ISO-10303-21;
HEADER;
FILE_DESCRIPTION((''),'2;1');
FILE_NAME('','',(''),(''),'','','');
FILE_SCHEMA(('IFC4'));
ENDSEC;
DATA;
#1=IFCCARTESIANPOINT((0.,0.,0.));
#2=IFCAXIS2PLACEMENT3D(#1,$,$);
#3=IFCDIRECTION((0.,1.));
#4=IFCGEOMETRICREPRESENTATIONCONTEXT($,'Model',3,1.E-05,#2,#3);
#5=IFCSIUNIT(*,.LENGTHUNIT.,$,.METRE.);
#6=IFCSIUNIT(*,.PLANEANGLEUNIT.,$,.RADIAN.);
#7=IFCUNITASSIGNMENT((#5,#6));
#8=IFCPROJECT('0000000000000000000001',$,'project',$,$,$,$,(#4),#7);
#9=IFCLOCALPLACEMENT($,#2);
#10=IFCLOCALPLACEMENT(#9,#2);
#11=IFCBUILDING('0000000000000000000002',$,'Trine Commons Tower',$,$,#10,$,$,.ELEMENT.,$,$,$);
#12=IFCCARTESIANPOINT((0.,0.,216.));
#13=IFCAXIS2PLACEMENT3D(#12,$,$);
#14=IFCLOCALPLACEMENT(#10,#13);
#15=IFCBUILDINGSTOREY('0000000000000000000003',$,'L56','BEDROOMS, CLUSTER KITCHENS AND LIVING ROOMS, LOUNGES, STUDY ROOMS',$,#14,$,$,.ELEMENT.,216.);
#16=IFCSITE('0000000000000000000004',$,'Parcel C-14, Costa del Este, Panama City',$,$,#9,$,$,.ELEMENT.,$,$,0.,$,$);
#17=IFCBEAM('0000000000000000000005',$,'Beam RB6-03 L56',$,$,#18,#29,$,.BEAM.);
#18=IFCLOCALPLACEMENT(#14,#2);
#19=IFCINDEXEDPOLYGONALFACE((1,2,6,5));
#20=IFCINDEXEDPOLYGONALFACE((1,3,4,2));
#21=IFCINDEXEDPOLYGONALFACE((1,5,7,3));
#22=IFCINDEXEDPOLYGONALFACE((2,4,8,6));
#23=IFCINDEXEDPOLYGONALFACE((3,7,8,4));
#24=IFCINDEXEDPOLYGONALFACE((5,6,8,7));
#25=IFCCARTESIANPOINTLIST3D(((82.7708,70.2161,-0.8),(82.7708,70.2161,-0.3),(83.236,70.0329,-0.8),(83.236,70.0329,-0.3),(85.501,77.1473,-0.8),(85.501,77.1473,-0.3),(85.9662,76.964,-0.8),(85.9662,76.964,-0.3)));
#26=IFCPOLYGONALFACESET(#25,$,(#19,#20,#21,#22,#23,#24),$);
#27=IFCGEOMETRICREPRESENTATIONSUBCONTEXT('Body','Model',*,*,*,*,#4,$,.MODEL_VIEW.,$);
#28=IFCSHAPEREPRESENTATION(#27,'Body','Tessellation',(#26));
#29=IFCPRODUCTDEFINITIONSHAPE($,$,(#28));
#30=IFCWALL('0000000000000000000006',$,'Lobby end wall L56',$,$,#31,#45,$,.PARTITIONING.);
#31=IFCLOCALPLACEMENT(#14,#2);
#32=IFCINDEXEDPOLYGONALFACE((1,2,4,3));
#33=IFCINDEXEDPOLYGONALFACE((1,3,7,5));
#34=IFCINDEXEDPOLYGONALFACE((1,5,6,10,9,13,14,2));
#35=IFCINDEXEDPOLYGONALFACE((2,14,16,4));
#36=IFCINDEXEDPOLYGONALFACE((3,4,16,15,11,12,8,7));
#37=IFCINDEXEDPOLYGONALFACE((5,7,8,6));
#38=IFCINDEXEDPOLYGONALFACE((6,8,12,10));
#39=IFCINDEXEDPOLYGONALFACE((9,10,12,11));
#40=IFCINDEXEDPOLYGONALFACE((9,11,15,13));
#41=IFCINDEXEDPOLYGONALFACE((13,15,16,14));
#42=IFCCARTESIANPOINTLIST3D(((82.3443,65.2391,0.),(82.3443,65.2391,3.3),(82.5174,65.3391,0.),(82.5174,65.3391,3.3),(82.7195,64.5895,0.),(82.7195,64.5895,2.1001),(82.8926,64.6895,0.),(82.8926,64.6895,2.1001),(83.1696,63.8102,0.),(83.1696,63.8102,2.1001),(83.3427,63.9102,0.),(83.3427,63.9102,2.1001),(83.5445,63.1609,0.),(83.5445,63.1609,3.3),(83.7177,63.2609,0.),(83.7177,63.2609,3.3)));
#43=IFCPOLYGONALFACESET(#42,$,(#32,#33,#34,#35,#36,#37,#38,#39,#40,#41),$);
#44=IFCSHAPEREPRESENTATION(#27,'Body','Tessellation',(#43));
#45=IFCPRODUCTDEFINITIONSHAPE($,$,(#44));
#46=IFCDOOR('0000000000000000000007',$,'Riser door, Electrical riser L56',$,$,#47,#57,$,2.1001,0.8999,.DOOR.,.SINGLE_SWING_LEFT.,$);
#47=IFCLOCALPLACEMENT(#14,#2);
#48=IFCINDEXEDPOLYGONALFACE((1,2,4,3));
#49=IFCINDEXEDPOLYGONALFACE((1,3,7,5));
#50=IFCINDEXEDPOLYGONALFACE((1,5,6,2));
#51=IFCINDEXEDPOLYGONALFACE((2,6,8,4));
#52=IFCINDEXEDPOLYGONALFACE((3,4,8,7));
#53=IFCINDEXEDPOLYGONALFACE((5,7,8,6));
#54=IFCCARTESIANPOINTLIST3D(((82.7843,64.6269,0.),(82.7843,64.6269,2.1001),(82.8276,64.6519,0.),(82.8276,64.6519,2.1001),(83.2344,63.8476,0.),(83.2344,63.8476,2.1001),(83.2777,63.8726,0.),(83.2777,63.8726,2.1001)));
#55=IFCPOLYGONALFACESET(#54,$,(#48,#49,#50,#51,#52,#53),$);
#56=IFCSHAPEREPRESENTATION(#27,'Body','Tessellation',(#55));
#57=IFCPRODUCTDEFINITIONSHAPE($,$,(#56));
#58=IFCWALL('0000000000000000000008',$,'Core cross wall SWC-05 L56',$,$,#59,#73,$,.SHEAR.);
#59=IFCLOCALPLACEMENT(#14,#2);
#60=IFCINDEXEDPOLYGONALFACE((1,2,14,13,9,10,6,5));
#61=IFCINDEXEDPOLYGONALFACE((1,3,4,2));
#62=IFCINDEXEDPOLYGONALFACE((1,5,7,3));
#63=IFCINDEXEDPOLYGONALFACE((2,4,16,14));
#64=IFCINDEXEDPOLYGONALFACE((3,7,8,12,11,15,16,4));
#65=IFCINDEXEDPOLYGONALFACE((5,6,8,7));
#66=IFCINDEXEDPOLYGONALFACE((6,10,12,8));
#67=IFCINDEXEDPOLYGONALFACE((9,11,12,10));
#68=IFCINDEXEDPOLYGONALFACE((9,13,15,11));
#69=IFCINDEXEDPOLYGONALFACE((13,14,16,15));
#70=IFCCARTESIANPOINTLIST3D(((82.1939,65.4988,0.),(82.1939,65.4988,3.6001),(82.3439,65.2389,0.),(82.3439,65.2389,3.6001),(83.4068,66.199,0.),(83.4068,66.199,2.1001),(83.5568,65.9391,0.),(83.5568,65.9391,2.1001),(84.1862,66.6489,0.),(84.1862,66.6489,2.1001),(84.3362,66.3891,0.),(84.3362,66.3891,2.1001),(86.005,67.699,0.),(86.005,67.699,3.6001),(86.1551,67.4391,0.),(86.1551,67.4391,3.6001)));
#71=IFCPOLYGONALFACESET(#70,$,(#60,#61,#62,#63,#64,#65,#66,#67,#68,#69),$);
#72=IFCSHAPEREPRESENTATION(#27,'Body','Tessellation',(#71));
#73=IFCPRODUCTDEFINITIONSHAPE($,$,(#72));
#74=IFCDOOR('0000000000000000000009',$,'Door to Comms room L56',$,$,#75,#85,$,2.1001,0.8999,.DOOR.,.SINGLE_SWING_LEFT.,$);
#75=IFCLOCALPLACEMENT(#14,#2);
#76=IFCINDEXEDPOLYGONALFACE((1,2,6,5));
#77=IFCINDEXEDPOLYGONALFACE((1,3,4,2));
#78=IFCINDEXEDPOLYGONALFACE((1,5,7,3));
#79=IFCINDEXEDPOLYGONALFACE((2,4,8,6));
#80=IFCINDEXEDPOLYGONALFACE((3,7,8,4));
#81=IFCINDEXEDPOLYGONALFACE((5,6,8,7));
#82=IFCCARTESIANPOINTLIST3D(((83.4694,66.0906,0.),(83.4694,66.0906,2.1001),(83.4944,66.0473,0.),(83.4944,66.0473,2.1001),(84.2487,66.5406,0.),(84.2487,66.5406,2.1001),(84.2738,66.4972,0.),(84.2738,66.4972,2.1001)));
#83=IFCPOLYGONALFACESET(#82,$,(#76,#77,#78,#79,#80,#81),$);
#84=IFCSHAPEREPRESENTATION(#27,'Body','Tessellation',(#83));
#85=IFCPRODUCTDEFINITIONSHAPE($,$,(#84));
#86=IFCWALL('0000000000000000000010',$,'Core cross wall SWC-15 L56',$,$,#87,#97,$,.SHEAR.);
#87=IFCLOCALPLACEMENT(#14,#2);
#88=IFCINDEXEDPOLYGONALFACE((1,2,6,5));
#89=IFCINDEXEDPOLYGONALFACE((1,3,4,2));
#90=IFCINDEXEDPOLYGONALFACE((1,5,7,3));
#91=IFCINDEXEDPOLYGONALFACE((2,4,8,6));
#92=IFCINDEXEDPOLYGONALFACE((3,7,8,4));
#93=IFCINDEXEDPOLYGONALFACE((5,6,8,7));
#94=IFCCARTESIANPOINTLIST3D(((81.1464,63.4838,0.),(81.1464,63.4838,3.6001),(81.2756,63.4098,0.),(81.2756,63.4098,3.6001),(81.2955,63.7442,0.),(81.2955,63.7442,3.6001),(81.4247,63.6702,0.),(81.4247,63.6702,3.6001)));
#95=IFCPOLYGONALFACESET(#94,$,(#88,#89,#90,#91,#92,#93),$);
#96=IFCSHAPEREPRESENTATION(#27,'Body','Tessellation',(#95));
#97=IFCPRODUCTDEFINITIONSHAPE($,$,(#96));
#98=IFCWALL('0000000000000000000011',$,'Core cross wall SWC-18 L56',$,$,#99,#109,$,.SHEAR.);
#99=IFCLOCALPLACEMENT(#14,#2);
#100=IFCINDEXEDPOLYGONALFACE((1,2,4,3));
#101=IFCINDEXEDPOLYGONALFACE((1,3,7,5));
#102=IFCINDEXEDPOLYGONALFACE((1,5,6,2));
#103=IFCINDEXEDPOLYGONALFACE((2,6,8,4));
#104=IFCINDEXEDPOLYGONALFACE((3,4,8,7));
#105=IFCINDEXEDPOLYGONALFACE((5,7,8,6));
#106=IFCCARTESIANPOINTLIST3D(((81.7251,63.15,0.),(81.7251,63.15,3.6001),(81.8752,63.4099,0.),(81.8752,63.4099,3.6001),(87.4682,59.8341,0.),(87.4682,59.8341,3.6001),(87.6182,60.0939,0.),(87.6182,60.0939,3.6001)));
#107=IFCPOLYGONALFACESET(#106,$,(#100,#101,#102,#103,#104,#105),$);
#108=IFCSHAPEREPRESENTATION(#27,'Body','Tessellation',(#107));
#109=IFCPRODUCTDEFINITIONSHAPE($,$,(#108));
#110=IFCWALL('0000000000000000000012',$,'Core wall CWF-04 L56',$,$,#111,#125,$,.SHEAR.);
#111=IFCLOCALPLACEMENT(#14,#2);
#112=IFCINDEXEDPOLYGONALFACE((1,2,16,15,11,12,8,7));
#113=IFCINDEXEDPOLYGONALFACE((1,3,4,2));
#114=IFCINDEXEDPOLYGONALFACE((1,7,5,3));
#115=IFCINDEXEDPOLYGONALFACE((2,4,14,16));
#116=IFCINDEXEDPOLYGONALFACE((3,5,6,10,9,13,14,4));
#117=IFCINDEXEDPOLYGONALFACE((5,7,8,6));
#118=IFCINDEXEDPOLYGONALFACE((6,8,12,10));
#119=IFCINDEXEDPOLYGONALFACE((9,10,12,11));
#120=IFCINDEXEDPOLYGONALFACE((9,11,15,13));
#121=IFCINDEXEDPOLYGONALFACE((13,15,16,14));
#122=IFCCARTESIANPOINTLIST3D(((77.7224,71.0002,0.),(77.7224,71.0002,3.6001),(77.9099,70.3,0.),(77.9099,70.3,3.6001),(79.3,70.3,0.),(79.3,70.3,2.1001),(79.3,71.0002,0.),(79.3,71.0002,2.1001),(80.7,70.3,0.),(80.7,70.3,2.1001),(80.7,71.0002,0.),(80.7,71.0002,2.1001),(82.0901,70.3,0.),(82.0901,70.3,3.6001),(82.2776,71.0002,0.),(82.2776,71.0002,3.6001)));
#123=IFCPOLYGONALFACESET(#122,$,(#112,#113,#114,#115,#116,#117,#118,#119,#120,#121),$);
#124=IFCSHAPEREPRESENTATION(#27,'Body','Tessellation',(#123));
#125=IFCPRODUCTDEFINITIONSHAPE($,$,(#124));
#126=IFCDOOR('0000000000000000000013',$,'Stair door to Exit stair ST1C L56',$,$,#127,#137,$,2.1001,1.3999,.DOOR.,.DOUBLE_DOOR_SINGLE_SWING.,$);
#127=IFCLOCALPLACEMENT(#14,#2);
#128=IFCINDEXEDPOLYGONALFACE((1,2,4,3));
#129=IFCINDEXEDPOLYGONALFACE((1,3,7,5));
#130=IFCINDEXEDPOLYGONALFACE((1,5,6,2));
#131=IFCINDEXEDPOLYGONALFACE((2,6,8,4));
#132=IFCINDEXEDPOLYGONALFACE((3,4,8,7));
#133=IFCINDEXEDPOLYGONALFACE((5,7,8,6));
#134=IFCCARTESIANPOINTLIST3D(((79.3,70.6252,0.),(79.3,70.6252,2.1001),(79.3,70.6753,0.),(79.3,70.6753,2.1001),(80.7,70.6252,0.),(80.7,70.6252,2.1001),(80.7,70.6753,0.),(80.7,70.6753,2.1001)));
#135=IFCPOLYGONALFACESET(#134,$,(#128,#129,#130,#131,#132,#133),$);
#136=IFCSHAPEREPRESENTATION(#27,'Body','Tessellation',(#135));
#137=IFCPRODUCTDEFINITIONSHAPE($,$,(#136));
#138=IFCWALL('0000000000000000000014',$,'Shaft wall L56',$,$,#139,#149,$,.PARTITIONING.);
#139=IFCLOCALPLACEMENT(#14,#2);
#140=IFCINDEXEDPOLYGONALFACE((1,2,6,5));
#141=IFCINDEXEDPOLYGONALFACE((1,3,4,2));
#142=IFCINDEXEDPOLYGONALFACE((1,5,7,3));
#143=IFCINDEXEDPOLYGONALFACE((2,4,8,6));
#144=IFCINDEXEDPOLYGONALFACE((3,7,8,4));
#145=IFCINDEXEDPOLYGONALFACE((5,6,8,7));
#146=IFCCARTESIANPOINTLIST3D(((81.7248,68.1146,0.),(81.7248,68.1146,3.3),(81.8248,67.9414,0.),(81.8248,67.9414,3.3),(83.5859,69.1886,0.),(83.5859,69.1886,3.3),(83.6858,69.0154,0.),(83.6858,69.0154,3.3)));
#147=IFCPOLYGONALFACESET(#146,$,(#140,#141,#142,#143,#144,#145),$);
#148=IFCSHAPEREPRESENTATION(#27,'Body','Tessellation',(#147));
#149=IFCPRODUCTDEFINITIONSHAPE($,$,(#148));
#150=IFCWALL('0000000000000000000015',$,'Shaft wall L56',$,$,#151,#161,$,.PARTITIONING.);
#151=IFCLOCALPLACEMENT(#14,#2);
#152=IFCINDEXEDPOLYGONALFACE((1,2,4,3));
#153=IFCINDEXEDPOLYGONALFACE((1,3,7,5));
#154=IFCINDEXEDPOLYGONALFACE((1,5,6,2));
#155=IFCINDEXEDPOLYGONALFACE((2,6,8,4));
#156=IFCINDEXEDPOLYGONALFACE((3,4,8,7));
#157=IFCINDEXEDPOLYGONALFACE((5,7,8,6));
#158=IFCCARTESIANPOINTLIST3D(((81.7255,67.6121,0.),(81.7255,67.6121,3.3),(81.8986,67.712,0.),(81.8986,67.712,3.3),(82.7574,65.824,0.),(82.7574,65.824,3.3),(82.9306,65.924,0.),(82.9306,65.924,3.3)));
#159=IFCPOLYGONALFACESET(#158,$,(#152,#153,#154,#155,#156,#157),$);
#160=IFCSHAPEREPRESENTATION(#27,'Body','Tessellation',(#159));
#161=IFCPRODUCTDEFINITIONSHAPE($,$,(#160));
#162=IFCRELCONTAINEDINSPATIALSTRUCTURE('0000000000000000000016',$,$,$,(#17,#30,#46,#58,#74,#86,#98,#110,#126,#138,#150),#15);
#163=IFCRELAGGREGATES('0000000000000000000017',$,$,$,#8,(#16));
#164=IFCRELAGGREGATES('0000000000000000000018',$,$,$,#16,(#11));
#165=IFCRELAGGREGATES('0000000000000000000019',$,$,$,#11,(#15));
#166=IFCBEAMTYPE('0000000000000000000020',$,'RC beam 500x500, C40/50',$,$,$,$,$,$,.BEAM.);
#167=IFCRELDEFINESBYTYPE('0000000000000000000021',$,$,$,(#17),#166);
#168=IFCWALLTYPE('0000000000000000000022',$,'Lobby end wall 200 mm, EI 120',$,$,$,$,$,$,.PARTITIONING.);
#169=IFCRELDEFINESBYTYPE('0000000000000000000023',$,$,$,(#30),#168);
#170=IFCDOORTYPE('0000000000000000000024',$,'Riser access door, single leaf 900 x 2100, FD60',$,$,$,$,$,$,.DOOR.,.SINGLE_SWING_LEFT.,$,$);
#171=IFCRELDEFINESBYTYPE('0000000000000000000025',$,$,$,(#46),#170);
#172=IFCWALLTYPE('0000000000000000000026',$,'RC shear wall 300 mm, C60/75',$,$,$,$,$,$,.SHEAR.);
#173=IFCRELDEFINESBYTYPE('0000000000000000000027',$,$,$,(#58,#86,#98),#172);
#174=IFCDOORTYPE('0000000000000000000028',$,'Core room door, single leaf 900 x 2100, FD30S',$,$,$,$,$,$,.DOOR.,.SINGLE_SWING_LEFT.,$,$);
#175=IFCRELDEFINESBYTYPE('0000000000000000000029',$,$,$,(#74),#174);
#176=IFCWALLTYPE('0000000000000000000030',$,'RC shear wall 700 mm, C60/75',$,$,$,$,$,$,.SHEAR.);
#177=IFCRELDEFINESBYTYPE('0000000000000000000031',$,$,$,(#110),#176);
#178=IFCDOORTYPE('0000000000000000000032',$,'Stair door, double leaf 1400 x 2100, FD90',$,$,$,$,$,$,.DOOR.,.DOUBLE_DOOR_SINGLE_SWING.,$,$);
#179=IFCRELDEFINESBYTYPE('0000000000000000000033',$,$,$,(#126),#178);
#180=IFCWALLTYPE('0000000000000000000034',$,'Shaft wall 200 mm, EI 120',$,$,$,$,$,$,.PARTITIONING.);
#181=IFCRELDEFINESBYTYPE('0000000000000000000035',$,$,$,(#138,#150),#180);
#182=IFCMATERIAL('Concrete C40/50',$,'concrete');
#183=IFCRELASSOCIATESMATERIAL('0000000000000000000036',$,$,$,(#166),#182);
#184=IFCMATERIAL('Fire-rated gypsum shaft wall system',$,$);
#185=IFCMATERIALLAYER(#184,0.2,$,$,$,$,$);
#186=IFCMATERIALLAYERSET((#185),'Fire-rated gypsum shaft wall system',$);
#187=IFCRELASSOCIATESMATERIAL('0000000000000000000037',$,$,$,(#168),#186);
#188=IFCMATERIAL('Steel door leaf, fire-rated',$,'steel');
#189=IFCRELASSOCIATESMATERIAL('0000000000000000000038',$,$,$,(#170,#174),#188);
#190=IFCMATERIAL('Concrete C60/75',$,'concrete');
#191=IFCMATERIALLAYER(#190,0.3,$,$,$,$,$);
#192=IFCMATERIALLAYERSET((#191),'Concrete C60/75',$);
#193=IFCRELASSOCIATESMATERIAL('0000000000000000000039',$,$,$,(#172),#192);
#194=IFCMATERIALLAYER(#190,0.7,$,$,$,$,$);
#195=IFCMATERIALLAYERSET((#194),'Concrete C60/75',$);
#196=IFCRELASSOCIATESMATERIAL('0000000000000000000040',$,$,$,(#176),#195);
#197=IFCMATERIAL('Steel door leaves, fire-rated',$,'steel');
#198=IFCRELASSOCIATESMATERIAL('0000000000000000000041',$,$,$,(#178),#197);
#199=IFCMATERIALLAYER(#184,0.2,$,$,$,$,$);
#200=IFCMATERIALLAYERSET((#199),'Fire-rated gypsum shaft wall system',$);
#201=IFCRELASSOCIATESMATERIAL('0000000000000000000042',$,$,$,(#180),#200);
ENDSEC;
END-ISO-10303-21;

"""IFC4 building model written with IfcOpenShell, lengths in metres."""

from ifc_helpers import new_model, si_unit, direction, frame, frame_2d, origin, origin_2d, place, context, subcontext, project, spatial, polyline, rectangle, outline, extrude, material, layer, layer_set, material_profile, profile_set, type_object, element, fill, save


model = new_model("IFC4")

# Units and contexts
model_context = context("Model", 3, precision=1e-05, world=origin(), true_north=direction((0.0, 1.0)))
body_context = subcontext(model_context, "Body", "Model", "MODEL_VIEW")
ifc_project = project(units=[si_unit("LENGTHUNIT", "METRE"), si_unit("PLANEANGLEUNIT", "RADIAN")], contexts=[model_context])

# Site, building, storey
site_placement = place(None, origin())
site = spatial("IfcSite", under=ifc_project, at=site_placement, Name="Parcel C-14, Costa del Este, Panama City", CompositionType="ELEMENT", RefElevation=0.0)
building_placement = place(site_placement, origin())
building = spatial("IfcBuilding", under=site, at=building_placement, Name="Trine Commons Tower", CompositionType="ELEMENT")
storey_placement = place(building_placement, frame((0.0, 0.0, 216.0)))
storey = spatial("IfcBuildingStorey", under=building, at=storey_placement, Name="L56", Description="BEDROOMS, CLUSTER KITCHENS AND LIVING ROOMS, LOUNGES, STUDY ROOMS", CompositionType="ELEMENT", Elevation=216.0)

# Beam
ifc_material_1 = material(Name="Concrete C40/50", Category="concrete")
ifc_material_profile = material_profile(ifc_material_1, rectangle(XDim=0.5, YDim=0.5, at=origin_2d()), Name="RC 500x500")
ifc_profile_set = profile_set([ifc_material_profile], Name="Concrete C40/50")
beam_type = type_object("IfcBeamType", Name="RC beam 500x500, C40/50", PredefinedType="BEAM", material=ifc_profile_set)
beam_placement = place(storey_placement, frame((83.0034, 70.1245, -0.55), z_axis=(0.366498, 0.930419, 0.0), x_axis=(-0.930419, 0.366498, 0.0)))
element("IfcBeam", 1, at=beam_placement, inside=storey, type_object=beam_type, Name="Beam RB6-03 L56", PredefinedType="BEAM", context=body_context, shape_type="SweptSolid", body=[
    extrude(rectangle(XDim=0.5, YDim=0.5, at=origin_2d()), origin(), (0.0, 0.0, 1.0), 7.4495),
])

# Walls, openings, doors
ifc_material_2 = material(Name="Fire-rated gypsum shaft wall system")
ifc_layer_1 = layer(ifc_material_2, 0.2)
ifc_layer_set_1 = layer_set([ifc_layer_1], Name="Fire-rated gypsum shaft wall system")
wall_type_1 = type_object("IfcWallType", Name="Lobby end wall 200 mm, EI 120", PredefinedType="PARTITIONING", material=ifc_layer_set_1)
wall_1_placement = place(storey_placement, frame((83.6311, 63.2109, 0.0), z_axis=(0.0, 0.0, 1.0), x_axis=(-0.500122, 0.865955, 0.0)))
wall_1 = element("IfcWall", 2, at=wall_1_placement, inside=storey, type_object=wall_type_1, Name="Lobby end wall L56", PredefinedType="PARTITIONING", context=body_context, shape_type="SweptSolid", body=[
    extrude(rectangle(XDim=2.3999, YDim=0.2, at=frame_2d((1.2, 0.0))), origin(), (0.0, 0.0, 1.0), 3.3),
])
opening_1_placement = place(wall_1_placement, frame((0.7498, 0.0, 0.0)))
opening_1 = element("IfcOpeningElement", 3, at=opening_1_placement, cuts=wall_1, PredefinedType="OPENING", context=body_context, shape_type="SweptSolid", body=[
    extrude(rectangle(XDim=0.8999, YDim=2.1001, at=frame_2d((0.45, 1.05))), frame((0.0, 0.1099, 0.0), z_axis=(0.0, -1.0, 0.0), x_axis=(1.0, 0.0, 0.0)), (0.0, 0.0, 1.0), 0.22),
])
ifc_material_3 = material(Name="Steel door leaf, fire-rated", Category="steel")
door_type_1 = type_object("IfcDoorType", Name="Riser access door, single leaf 900 x 2100, FD60", OperationType="SINGLE_SWING_LEFT", PredefinedType="DOOR", material=ifc_material_3)
door_1_placement = place(opening_1_placement, frame((0.8999, 0.0, 0.0), z_axis=(0.0, 0.0, 1.0), x_axis=(-1.0, 0.0, 0.0)))
door_1 = element("IfcDoor", 4, at=door_1_placement, inside=storey, type_object=door_type_1, Name="Riser door, Electrical riser L56", OperationType="SINGLE_SWING_LEFT", OverallHeight=2.1001, OverallWidth=0.8999, PredefinedType="DOOR", context=body_context, shape_type="SweptSolid", body=[
    extrude(rectangle(XDim=0.8999, YDim=2.1001, at=frame_2d((0.45, 1.05))), frame((0.0, 0.0249, 0.0), z_axis=(0.0, -1.0, 0.0), x_axis=(1.0, 0.0, 0.0)), (0.0, 0.0, 1.0), 0.05),
])
fill(opening_1, door_1)
ifc_material_4 = material(Name="Concrete C60/75", Category="concrete")
ifc_layer_2 = layer(ifc_material_4, 0.3)
ifc_layer_set_2 = layer_set([ifc_layer_2], Name="Concrete C60/75")
wall_type_2 = type_object("IfcWallType", Name="RC shear wall 300 mm, C60/75", PredefinedType="SHEAR", material=ifc_layer_set_2)
wall_2_placement = place(storey_placement, frame((82.269, 65.3689, 0.0), z_axis=(0.0, 0.0, 1.0), x_axis=(0.866036, 0.499982, 0.0)))
wall_2 = element("IfcWall", 5, at=wall_2_placement, inside=storey, type_object=wall_type_2, Name="Core cross wall SWC-05 L56", PredefinedType="SHEAR", context=body_context, shape_type="SweptSolid", body=[
    extrude(rectangle(XDim=4.4006, YDim=0.3, at=frame_2d((2.2002, 0.0))), origin(), (0.0, 0.0, 1.0), 3.6001),
])
opening_2_placement = place(wall_2_placement, frame((1.4004, 0.0, 0.0)))
opening_2 = element("IfcOpeningElement", 6, at=opening_2_placement, cuts=wall_2, PredefinedType="OPENING", context=body_context, shape_type="SweptSolid", body=[
    extrude(rectangle(XDim=0.8999, YDim=2.1001, at=frame_2d((0.45, 1.05))), frame((0.0, 0.1599, 0.0), z_axis=(0.0, -1.0, 0.0), x_axis=(1.0, 0.0, 0.0)), (0.0, 0.0, 1.0), 0.3201),
])
door_type_2 = type_object("IfcDoorType", Name="Core room door, single leaf 900 x 2100, FD30S", OperationType="SINGLE_SWING_LEFT", PredefinedType="DOOR", material=ifc_material_3)
door_2_placement = place(opening_2_placement, origin())
door_2 = element("IfcDoor", 7, at=door_2_placement, inside=storey, type_object=door_type_2, Name="Door to Comms room L56", OperationType="SINGLE_SWING_LEFT", OverallHeight=2.1001, OverallWidth=0.8999, PredefinedType="DOOR", context=body_context, shape_type="SweptSolid", body=[
    extrude(rectangle(XDim=0.8999, YDim=2.1001, at=frame_2d((0.45, 1.05))), frame((0.0, 0.0249, 0.0), z_axis=(0.0, -1.0, 0.0), x_axis=(1.0, 0.0, 0.0)), (0.0, 0.0, 1.0), 0.05),
])
fill(opening_2, door_2)

# Walls
wall_3_placement = place(storey_placement, frame((81.2209, 63.614, 0.0), z_axis=(0.0, 0.0, 1.0), x_axis=(0.867738, -0.497022, 0.0)))
element("IfcWall", 8, at=wall_3_placement, inside=storey, type_object=wall_type_2, Name="Core cross wall SWC-15 L56", PredefinedType="SHEAR", context=body_context, shape_type="SweptSolid", body=[
    extrude(rectangle(XDim=0.1489, YDim=0.3, at=frame_2d((0.0745, 0.0))), origin(), (0.0, 0.0, 1.0), 3.6001),
])
wall_4_placement = place(storey_placement, frame((81.8, 63.28, 0.0), z_axis=(0.0, 0.0, 1.0), x_axis=(0.86601, -0.500027, 0.0)))
element("IfcWall", 9, at=wall_4_placement, inside=storey, type_object=wall_type_2, Name="Core cross wall SWC-18 L56", PredefinedType="SHEAR", context=body_context, shape_type="SweptSolid", body=[
    extrude(rectangle(XDim=6.6316, YDim=0.3, at=frame_2d((3.3159, 0.0))), origin(), (0.0, 0.0, 1.0), 3.6001),
])

# Wall, opening, door
ifc_layer_3 = layer(ifc_material_4, 0.7)
ifc_layer_set_3 = layer_set([ifc_layer_3], Name="Concrete C60/75")
wall_type_3 = type_object("IfcWallType", Name="RC shear wall 700 mm, C60/75", PredefinedType="SHEAR", material=ifc_layer_set_3)
wall_5_placement = place(storey_placement, frame((82.2776, 70.6501, 0.0), z_axis=(0.0, 0.0, 1.0), x_axis=(-1.0, 0.0, 0.0)))
wall_5 = element("IfcWall", 10, at=wall_5_placement, inside=storey, type_object=wall_type_3, Name="Core wall CWF-04 L56", PredefinedType="SHEAR", context=body_context, shape_type="SweptSolid", body=[
    extrude(outline(polyline([(0.0, -0.3501), (4.5552, -0.3501), (4.3677, 0.3501), (0.1875, 0.3501), (0.0, -0.3501)])), origin(), (0.0, 0.0, 1.0), 3.6001),
])
opening_3_placement = place(wall_5_placement, frame((1.5776, 0.0, 0.0)))
opening_3 = element("IfcOpeningElement", 11, at=opening_3_placement, cuts=wall_5, PredefinedType="OPENING", context=body_context, shape_type="SweptSolid", body=[
    extrude(rectangle(XDim=1.3999, YDim=2.1001, at=frame_2d((0.7, 1.05))), frame((0.0, 0.3599, 0.0), z_axis=(0.0, -1.0, 0.0), x_axis=(1.0, 0.0, 0.0)), (0.0, 0.0, 1.0), 0.72),
])
ifc_material_5 = material(Name="Steel door leaves, fire-rated", Category="steel")
door_type_3 = type_object("IfcDoorType", Name="Stair door, double leaf 1400 x 2100, FD90", OperationType="DOUBLE_DOOR_SINGLE_SWING", PredefinedType="DOOR", material=ifc_material_5)
door_3_placement = place(opening_3_placement, origin())
door_3 = element("IfcDoor", 12, at=door_3_placement, inside=storey, type_object=door_type_3, Name="Stair door to Exit stair ST1C L56", OperationType="DOUBLE_DOOR_SINGLE_SWING", OverallHeight=2.1001, OverallWidth=1.3999, PredefinedType="DOOR", context=body_context, shape_type="SweptSolid", body=[
    extrude(rectangle(XDim=1.3999, YDim=2.1001, at=frame_2d((0.7, 1.05))), frame((0.0, 0.0249, 0.0), z_axis=(0.0, -1.0, 0.0), x_axis=(1.0, 0.0, 0.0)), (0.0, 0.0, 1.0), 0.05),
])
fill(opening_3, door_3)

# Walls
ifc_layer_4 = layer(ifc_material_2, 0.2)
ifc_layer_set_4 = layer_set([ifc_layer_4], Name="Fire-rated gypsum shaft wall system")
wall_type_4 = type_object("IfcWallType", Name="Shaft wall 200 mm, EI 120", PredefinedType="PARTITIONING", material=ifc_layer_set_4)
wall_6_placement = place(storey_placement, frame((81.7749, 68.0281, 0.0), z_axis=(0.0, 0.0, 1.0), x_axis=(0.866131, 0.499818, 0.0)))
element("IfcWall", 13, at=wall_6_placement, inside=storey, type_object=wall_type_4, Name="Shaft wall L56", PredefinedType="PARTITIONING", context=body_context, shape_type="SweptSolid", body=[
    extrude(rectangle(XDim=2.1487, YDim=0.2, at=frame_2d((1.0742, 0.0))), origin(), (0.0, 0.0, 1.0), 3.3),
])
wall_7_placement = place(storey_placement, frame((82.844, 65.874, 0.0), z_axis=(0.0, 0.0, 1.0), x_axis=(-0.499866, 0.866103, 0.0)))
element("IfcWall", 14, at=wall_7_placement, inside=storey, type_object=wall_type_4, Name="Shaft wall L56", PredefinedType="PARTITIONING", context=body_context, shape_type="SweptSolid", body=[
    extrude(rectangle(XDim=2.0645, YDim=0.2, at=frame_2d((1.0322, 0.0))), origin(), (0.0, 0.0, 1.0), 3.3),
])

save(model, "model.ifc")
